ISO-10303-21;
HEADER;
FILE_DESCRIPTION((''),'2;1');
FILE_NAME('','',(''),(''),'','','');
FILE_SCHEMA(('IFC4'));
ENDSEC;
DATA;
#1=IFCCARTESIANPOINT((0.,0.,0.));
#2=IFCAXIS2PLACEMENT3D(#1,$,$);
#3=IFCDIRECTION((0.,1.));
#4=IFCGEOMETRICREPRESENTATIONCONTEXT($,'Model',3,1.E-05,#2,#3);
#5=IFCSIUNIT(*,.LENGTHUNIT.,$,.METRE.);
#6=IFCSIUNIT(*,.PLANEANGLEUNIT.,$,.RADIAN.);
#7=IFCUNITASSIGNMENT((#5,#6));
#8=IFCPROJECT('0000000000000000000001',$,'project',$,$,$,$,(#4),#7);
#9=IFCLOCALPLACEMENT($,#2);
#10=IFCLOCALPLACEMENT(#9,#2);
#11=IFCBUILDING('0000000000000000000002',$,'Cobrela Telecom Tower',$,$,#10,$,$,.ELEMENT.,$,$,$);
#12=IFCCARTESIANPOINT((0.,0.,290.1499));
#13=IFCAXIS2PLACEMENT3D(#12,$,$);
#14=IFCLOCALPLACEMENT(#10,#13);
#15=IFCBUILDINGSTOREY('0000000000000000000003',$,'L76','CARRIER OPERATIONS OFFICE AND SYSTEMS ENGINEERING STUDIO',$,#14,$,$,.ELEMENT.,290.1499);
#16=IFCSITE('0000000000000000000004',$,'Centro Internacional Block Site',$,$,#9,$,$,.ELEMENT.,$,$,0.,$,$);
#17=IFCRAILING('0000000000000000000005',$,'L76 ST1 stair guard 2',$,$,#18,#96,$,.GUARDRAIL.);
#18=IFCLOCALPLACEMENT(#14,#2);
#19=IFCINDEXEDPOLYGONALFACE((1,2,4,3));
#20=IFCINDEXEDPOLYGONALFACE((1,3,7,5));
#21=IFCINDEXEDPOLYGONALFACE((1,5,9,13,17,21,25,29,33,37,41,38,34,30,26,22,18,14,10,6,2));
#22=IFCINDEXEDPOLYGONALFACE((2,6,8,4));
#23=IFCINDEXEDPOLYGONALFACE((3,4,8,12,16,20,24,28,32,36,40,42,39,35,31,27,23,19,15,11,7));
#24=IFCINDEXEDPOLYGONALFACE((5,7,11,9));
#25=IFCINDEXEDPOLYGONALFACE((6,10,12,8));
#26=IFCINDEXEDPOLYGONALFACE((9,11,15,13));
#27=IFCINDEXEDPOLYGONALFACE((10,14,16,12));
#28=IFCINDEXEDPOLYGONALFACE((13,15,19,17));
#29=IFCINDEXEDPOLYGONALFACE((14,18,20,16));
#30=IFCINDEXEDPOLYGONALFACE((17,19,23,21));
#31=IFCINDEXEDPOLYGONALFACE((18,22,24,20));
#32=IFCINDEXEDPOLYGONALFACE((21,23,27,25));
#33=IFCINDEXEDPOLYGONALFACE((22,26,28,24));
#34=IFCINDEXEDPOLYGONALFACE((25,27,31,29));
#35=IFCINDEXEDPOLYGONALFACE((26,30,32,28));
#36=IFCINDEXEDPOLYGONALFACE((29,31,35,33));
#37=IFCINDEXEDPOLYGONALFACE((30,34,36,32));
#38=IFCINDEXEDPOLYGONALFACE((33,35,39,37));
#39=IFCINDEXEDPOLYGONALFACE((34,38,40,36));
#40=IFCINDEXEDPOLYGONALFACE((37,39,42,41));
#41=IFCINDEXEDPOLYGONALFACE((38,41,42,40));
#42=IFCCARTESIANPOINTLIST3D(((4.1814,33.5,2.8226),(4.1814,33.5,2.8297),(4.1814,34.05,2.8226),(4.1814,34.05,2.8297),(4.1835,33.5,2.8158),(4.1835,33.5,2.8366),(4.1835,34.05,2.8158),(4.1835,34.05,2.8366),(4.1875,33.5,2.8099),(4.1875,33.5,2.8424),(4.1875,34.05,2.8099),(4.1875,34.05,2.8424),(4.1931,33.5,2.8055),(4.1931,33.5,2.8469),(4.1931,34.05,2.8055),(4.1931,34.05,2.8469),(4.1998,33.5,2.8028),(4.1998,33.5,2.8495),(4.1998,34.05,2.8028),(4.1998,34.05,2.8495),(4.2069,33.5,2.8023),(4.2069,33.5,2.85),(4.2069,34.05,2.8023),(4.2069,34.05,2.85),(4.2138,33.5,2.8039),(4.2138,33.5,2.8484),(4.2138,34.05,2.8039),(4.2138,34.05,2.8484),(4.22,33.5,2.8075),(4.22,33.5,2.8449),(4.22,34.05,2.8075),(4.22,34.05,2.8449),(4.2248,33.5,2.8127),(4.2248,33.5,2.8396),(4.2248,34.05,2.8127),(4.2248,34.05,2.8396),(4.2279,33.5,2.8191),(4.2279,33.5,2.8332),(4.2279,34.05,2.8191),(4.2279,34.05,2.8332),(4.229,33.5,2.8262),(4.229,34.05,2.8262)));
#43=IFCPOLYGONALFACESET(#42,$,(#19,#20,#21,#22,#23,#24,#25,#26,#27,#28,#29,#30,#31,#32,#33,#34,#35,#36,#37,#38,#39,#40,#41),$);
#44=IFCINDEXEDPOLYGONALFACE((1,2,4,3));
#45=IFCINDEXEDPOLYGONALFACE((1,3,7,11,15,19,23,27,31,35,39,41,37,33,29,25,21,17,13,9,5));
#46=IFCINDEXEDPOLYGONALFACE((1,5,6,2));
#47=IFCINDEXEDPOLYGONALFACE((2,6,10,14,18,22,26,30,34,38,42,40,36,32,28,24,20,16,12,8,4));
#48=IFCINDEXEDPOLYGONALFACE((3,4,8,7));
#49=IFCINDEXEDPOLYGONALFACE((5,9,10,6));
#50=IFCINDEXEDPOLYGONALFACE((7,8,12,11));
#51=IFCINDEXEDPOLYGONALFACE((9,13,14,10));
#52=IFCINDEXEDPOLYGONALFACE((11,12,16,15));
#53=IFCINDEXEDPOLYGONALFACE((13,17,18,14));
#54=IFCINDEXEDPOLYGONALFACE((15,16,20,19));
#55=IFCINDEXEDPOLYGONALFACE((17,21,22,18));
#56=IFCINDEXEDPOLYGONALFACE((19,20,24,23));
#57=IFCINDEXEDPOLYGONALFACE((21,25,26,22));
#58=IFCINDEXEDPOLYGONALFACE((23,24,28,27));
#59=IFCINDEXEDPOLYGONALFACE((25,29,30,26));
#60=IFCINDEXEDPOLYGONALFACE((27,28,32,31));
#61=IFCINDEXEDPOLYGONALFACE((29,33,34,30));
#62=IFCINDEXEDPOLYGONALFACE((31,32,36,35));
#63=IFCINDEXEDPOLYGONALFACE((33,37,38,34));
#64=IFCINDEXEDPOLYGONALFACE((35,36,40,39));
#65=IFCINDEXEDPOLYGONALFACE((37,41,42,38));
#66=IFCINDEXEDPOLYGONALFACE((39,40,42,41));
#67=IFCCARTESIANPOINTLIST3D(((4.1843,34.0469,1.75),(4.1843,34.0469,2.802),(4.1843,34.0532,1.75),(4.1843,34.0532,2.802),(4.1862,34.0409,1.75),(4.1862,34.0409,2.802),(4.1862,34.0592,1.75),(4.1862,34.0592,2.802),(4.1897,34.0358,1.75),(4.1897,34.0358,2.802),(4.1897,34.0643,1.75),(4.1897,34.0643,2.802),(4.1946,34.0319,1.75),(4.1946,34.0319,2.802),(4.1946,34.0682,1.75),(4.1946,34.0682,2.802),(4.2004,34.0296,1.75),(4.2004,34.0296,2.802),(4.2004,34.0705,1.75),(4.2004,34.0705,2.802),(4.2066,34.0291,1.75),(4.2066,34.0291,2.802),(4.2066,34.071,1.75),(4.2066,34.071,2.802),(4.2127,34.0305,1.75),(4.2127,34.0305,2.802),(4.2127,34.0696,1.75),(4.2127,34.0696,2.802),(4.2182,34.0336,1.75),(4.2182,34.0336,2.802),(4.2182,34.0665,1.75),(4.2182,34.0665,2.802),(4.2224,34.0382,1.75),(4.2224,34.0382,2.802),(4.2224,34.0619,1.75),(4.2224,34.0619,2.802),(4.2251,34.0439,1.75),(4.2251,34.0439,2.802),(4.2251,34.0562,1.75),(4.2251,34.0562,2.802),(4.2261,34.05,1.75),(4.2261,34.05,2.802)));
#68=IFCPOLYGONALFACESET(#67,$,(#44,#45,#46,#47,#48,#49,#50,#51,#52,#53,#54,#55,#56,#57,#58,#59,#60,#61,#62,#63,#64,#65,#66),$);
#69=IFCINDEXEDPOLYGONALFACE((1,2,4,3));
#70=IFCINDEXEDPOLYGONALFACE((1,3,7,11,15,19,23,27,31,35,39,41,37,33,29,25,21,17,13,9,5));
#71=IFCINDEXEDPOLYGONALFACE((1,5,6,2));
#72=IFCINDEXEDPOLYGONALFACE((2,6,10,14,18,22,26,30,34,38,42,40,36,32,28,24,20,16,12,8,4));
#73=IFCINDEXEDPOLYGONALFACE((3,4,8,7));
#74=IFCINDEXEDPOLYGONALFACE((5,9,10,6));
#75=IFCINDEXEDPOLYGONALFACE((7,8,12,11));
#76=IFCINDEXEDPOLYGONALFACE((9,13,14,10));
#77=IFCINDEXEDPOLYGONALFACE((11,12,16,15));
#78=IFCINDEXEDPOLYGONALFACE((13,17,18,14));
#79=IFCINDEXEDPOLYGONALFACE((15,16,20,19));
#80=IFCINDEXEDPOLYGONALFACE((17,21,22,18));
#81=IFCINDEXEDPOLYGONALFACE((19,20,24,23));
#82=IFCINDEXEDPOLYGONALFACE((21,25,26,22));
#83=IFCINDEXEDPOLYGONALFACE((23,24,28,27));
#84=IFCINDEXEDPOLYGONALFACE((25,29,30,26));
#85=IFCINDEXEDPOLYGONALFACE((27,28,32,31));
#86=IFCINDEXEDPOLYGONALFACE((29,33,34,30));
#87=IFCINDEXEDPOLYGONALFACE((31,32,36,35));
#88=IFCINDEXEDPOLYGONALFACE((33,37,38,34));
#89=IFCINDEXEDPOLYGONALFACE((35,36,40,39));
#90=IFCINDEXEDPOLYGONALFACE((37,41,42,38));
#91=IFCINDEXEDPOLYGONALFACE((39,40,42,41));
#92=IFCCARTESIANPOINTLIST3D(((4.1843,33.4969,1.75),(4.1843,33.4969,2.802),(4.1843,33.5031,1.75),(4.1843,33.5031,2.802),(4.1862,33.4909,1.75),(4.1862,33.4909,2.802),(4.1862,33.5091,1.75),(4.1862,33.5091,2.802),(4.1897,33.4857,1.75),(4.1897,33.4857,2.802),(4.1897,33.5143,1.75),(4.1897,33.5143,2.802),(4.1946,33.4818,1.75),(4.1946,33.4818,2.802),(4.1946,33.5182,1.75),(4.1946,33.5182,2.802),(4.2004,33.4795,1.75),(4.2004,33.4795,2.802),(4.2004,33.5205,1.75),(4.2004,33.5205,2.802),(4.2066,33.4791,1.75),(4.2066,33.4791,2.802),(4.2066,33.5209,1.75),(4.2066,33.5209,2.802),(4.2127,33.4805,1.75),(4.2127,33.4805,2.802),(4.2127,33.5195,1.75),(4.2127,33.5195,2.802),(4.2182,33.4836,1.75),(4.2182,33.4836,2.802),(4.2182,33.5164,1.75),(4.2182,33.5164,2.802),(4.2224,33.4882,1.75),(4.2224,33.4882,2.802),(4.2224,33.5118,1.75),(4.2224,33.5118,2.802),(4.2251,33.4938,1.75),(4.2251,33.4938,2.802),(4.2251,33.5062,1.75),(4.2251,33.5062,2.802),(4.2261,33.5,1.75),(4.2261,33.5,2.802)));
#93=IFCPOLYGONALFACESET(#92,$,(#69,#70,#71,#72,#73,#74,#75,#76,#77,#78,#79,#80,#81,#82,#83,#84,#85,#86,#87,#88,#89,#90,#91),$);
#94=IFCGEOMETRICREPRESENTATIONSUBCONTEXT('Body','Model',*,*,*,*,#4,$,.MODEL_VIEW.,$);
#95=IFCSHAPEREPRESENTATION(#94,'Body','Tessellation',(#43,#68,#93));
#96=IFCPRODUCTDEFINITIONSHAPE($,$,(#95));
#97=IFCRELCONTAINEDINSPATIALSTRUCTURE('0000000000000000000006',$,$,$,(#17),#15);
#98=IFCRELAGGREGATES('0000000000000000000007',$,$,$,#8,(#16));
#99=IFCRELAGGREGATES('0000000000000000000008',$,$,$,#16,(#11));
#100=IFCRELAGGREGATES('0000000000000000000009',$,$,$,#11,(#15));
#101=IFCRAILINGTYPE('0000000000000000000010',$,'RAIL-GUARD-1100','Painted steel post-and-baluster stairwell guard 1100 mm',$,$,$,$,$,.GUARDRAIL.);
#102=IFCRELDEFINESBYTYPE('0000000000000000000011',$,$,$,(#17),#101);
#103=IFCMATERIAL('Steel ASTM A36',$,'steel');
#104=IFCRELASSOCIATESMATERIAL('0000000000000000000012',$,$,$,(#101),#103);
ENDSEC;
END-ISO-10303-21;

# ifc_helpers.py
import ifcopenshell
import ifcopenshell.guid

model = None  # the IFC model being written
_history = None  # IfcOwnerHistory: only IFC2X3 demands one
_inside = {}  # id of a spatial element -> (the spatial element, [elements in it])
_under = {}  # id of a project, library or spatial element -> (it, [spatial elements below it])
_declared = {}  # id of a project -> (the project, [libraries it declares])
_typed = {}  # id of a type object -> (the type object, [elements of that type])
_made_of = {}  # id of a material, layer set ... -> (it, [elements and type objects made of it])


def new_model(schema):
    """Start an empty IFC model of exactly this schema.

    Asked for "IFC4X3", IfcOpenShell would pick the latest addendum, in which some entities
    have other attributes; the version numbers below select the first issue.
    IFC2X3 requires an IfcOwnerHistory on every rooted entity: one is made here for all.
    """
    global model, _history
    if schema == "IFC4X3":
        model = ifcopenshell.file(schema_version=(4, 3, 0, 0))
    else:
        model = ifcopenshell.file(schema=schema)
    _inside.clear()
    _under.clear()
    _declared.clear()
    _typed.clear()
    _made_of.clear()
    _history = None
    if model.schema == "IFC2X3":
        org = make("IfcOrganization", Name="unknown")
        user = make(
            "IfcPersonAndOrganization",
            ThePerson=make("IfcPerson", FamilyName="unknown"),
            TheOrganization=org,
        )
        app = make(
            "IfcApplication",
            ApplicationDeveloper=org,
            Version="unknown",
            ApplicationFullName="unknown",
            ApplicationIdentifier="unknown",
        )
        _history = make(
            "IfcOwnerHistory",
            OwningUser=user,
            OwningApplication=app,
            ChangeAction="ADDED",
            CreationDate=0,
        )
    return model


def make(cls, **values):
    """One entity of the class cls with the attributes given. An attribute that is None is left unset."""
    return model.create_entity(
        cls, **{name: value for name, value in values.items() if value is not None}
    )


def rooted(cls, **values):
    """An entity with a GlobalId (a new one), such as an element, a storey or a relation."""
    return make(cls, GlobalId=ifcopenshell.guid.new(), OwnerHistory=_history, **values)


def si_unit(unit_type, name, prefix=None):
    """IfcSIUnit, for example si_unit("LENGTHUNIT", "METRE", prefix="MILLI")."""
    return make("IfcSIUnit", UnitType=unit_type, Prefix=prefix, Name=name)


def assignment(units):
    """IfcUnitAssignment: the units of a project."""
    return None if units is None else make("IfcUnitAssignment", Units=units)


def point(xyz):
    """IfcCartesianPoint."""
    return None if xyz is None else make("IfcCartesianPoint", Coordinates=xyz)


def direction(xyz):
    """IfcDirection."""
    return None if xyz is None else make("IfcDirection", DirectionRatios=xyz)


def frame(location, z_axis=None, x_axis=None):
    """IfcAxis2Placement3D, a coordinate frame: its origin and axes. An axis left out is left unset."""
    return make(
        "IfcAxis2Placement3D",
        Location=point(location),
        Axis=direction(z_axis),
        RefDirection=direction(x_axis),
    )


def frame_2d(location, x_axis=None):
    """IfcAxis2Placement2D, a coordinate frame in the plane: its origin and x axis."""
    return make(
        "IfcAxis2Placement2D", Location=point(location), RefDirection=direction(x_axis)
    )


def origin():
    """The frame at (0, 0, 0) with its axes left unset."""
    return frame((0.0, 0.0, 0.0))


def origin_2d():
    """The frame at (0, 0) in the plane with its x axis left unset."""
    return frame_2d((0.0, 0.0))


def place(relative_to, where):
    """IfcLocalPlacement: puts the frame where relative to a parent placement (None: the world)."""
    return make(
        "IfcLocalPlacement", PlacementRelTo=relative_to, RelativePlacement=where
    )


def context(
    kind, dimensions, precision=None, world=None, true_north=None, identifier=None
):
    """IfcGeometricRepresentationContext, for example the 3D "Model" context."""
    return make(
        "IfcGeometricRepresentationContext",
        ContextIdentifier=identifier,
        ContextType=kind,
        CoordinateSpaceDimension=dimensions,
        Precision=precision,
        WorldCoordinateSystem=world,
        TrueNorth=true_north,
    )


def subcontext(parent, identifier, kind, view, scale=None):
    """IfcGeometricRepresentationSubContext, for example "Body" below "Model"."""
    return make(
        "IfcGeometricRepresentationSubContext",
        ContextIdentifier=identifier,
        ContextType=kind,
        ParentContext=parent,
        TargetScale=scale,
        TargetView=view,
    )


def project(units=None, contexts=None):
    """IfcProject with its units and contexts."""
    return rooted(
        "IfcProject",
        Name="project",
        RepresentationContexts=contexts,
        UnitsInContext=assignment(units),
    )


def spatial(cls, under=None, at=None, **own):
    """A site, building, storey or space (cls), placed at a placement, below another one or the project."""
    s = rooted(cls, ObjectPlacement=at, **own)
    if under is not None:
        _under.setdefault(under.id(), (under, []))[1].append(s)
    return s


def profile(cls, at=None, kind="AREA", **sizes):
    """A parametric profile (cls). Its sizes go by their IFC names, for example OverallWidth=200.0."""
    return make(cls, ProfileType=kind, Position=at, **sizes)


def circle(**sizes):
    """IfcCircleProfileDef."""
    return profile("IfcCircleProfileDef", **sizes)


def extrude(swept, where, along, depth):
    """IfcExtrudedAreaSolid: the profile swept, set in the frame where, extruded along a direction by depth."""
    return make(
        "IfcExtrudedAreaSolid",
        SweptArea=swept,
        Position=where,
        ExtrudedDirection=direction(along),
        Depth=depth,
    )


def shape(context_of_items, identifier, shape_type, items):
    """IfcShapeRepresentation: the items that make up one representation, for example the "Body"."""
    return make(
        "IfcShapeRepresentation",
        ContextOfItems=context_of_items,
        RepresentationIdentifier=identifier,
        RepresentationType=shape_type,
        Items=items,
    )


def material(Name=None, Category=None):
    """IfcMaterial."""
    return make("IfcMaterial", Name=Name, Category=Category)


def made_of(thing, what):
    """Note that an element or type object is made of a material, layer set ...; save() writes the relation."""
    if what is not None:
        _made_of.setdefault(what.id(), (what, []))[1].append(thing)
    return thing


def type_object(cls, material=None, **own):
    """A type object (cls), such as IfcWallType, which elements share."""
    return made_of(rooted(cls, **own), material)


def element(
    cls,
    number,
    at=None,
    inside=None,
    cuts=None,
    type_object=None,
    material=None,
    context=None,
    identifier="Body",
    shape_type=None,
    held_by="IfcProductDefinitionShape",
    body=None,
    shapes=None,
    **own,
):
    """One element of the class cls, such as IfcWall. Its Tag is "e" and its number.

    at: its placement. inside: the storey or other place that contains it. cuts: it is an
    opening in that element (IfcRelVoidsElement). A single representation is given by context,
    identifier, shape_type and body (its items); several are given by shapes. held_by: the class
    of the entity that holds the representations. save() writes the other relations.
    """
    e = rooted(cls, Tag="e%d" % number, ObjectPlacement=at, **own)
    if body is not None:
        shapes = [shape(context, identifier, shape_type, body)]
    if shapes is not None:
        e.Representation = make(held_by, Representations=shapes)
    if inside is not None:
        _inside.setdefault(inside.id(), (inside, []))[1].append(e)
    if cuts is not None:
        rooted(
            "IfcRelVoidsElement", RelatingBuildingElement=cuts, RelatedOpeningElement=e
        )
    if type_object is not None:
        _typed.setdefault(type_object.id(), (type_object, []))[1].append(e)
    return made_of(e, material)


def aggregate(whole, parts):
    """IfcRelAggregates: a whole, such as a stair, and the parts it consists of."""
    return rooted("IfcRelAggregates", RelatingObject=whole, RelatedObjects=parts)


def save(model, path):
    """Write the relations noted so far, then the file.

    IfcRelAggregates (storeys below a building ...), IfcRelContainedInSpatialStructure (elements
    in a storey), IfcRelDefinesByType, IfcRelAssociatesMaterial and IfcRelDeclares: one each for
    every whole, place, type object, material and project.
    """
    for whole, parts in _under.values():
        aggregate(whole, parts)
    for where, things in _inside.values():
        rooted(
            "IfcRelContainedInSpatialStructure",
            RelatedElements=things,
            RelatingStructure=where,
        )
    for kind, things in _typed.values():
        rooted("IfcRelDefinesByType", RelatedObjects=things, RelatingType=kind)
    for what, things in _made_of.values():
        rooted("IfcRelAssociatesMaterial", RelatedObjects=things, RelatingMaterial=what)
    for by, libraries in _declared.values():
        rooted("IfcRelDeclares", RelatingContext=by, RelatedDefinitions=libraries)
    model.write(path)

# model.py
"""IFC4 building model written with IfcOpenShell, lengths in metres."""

from ifc_helpers import new_model, si_unit, direction, frame, origin, origin_2d, place, context, subcontext, project, spatial, circle, extrude, material, type_object, element, save


model = new_model("IFC4")

# Units and contexts
model_context = context("Model", 3, precision=1e-05, world=origin(), true_north=direction((0.0, 1.0)))
body_context = subcontext(model_context, "Body", "Model", "MODEL_VIEW")
ifc_project = project(units=[si_unit("LENGTHUNIT", "METRE"), si_unit("PLANEANGLEUNIT", "RADIAN")], contexts=[model_context])

# Site, building, storey
site_placement = place(None, origin())
site = spatial("IfcSite", under=ifc_project, at=site_placement, Name="Centro Internacional Block Site", CompositionType="ELEMENT", RefElevation=0.0)
building_placement = place(site_placement, origin())
building = spatial("IfcBuilding", under=site, at=building_placement, Name="Cobrela Telecom Tower", CompositionType="ELEMENT")
storey_placement = place(building_placement, frame((0.0, 0.0, 290.1499)))
storey = spatial("IfcBuildingStorey", under=building, at=storey_placement, Name="L76", Description="CARRIER OPERATIONS OFFICE AND SYSTEMS ENGINEERING STUDIO", CompositionType="ELEMENT", Elevation=290.1499)

# Shared definitions
ifc_material_1 = material(Name="Steel ASTM A36", Category="steel")

# Railing
railing_type_1 = type_object("IfcRailingType", Name="RAIL-GUARD-1100", Description="Painted steel post-and-baluster stairwell guard 1100 mm", PredefinedType="GUARDRAIL", material=ifc_material_1)
railing_1_placement = place(storey_placement, frame((4.2051, 34.05, 1.75)))
element("IfcRailing", 1, at=railing_1_placement, inside=storey, type_object=railing_type_1, Name="L76 ST1 stair guard 2", PredefinedType="GUARDRAIL", context=body_context, shape_type="SweptSolid", body=[
    extrude(circle(Radius=0.0239, at=origin_2d()), frame((0.0, 0.0, 1.0762), z_axis=(0.0, -1.0, 0.0), x_axis=(1.0, 0.0, 0.0)), (0.0, 0.0, 1.0), 0.55),
    extrude(circle(Radius=0.021, at=origin_2d()), origin(), (0.0, 0.0, 1.0), 1.052),
    extrude(circle(Radius=0.021, at=origin_2d()), frame((0.0, -0.55, 0.0)), (0.0, 0.0, 1.0), 1.052),
])

save(model, "model.ifc")
